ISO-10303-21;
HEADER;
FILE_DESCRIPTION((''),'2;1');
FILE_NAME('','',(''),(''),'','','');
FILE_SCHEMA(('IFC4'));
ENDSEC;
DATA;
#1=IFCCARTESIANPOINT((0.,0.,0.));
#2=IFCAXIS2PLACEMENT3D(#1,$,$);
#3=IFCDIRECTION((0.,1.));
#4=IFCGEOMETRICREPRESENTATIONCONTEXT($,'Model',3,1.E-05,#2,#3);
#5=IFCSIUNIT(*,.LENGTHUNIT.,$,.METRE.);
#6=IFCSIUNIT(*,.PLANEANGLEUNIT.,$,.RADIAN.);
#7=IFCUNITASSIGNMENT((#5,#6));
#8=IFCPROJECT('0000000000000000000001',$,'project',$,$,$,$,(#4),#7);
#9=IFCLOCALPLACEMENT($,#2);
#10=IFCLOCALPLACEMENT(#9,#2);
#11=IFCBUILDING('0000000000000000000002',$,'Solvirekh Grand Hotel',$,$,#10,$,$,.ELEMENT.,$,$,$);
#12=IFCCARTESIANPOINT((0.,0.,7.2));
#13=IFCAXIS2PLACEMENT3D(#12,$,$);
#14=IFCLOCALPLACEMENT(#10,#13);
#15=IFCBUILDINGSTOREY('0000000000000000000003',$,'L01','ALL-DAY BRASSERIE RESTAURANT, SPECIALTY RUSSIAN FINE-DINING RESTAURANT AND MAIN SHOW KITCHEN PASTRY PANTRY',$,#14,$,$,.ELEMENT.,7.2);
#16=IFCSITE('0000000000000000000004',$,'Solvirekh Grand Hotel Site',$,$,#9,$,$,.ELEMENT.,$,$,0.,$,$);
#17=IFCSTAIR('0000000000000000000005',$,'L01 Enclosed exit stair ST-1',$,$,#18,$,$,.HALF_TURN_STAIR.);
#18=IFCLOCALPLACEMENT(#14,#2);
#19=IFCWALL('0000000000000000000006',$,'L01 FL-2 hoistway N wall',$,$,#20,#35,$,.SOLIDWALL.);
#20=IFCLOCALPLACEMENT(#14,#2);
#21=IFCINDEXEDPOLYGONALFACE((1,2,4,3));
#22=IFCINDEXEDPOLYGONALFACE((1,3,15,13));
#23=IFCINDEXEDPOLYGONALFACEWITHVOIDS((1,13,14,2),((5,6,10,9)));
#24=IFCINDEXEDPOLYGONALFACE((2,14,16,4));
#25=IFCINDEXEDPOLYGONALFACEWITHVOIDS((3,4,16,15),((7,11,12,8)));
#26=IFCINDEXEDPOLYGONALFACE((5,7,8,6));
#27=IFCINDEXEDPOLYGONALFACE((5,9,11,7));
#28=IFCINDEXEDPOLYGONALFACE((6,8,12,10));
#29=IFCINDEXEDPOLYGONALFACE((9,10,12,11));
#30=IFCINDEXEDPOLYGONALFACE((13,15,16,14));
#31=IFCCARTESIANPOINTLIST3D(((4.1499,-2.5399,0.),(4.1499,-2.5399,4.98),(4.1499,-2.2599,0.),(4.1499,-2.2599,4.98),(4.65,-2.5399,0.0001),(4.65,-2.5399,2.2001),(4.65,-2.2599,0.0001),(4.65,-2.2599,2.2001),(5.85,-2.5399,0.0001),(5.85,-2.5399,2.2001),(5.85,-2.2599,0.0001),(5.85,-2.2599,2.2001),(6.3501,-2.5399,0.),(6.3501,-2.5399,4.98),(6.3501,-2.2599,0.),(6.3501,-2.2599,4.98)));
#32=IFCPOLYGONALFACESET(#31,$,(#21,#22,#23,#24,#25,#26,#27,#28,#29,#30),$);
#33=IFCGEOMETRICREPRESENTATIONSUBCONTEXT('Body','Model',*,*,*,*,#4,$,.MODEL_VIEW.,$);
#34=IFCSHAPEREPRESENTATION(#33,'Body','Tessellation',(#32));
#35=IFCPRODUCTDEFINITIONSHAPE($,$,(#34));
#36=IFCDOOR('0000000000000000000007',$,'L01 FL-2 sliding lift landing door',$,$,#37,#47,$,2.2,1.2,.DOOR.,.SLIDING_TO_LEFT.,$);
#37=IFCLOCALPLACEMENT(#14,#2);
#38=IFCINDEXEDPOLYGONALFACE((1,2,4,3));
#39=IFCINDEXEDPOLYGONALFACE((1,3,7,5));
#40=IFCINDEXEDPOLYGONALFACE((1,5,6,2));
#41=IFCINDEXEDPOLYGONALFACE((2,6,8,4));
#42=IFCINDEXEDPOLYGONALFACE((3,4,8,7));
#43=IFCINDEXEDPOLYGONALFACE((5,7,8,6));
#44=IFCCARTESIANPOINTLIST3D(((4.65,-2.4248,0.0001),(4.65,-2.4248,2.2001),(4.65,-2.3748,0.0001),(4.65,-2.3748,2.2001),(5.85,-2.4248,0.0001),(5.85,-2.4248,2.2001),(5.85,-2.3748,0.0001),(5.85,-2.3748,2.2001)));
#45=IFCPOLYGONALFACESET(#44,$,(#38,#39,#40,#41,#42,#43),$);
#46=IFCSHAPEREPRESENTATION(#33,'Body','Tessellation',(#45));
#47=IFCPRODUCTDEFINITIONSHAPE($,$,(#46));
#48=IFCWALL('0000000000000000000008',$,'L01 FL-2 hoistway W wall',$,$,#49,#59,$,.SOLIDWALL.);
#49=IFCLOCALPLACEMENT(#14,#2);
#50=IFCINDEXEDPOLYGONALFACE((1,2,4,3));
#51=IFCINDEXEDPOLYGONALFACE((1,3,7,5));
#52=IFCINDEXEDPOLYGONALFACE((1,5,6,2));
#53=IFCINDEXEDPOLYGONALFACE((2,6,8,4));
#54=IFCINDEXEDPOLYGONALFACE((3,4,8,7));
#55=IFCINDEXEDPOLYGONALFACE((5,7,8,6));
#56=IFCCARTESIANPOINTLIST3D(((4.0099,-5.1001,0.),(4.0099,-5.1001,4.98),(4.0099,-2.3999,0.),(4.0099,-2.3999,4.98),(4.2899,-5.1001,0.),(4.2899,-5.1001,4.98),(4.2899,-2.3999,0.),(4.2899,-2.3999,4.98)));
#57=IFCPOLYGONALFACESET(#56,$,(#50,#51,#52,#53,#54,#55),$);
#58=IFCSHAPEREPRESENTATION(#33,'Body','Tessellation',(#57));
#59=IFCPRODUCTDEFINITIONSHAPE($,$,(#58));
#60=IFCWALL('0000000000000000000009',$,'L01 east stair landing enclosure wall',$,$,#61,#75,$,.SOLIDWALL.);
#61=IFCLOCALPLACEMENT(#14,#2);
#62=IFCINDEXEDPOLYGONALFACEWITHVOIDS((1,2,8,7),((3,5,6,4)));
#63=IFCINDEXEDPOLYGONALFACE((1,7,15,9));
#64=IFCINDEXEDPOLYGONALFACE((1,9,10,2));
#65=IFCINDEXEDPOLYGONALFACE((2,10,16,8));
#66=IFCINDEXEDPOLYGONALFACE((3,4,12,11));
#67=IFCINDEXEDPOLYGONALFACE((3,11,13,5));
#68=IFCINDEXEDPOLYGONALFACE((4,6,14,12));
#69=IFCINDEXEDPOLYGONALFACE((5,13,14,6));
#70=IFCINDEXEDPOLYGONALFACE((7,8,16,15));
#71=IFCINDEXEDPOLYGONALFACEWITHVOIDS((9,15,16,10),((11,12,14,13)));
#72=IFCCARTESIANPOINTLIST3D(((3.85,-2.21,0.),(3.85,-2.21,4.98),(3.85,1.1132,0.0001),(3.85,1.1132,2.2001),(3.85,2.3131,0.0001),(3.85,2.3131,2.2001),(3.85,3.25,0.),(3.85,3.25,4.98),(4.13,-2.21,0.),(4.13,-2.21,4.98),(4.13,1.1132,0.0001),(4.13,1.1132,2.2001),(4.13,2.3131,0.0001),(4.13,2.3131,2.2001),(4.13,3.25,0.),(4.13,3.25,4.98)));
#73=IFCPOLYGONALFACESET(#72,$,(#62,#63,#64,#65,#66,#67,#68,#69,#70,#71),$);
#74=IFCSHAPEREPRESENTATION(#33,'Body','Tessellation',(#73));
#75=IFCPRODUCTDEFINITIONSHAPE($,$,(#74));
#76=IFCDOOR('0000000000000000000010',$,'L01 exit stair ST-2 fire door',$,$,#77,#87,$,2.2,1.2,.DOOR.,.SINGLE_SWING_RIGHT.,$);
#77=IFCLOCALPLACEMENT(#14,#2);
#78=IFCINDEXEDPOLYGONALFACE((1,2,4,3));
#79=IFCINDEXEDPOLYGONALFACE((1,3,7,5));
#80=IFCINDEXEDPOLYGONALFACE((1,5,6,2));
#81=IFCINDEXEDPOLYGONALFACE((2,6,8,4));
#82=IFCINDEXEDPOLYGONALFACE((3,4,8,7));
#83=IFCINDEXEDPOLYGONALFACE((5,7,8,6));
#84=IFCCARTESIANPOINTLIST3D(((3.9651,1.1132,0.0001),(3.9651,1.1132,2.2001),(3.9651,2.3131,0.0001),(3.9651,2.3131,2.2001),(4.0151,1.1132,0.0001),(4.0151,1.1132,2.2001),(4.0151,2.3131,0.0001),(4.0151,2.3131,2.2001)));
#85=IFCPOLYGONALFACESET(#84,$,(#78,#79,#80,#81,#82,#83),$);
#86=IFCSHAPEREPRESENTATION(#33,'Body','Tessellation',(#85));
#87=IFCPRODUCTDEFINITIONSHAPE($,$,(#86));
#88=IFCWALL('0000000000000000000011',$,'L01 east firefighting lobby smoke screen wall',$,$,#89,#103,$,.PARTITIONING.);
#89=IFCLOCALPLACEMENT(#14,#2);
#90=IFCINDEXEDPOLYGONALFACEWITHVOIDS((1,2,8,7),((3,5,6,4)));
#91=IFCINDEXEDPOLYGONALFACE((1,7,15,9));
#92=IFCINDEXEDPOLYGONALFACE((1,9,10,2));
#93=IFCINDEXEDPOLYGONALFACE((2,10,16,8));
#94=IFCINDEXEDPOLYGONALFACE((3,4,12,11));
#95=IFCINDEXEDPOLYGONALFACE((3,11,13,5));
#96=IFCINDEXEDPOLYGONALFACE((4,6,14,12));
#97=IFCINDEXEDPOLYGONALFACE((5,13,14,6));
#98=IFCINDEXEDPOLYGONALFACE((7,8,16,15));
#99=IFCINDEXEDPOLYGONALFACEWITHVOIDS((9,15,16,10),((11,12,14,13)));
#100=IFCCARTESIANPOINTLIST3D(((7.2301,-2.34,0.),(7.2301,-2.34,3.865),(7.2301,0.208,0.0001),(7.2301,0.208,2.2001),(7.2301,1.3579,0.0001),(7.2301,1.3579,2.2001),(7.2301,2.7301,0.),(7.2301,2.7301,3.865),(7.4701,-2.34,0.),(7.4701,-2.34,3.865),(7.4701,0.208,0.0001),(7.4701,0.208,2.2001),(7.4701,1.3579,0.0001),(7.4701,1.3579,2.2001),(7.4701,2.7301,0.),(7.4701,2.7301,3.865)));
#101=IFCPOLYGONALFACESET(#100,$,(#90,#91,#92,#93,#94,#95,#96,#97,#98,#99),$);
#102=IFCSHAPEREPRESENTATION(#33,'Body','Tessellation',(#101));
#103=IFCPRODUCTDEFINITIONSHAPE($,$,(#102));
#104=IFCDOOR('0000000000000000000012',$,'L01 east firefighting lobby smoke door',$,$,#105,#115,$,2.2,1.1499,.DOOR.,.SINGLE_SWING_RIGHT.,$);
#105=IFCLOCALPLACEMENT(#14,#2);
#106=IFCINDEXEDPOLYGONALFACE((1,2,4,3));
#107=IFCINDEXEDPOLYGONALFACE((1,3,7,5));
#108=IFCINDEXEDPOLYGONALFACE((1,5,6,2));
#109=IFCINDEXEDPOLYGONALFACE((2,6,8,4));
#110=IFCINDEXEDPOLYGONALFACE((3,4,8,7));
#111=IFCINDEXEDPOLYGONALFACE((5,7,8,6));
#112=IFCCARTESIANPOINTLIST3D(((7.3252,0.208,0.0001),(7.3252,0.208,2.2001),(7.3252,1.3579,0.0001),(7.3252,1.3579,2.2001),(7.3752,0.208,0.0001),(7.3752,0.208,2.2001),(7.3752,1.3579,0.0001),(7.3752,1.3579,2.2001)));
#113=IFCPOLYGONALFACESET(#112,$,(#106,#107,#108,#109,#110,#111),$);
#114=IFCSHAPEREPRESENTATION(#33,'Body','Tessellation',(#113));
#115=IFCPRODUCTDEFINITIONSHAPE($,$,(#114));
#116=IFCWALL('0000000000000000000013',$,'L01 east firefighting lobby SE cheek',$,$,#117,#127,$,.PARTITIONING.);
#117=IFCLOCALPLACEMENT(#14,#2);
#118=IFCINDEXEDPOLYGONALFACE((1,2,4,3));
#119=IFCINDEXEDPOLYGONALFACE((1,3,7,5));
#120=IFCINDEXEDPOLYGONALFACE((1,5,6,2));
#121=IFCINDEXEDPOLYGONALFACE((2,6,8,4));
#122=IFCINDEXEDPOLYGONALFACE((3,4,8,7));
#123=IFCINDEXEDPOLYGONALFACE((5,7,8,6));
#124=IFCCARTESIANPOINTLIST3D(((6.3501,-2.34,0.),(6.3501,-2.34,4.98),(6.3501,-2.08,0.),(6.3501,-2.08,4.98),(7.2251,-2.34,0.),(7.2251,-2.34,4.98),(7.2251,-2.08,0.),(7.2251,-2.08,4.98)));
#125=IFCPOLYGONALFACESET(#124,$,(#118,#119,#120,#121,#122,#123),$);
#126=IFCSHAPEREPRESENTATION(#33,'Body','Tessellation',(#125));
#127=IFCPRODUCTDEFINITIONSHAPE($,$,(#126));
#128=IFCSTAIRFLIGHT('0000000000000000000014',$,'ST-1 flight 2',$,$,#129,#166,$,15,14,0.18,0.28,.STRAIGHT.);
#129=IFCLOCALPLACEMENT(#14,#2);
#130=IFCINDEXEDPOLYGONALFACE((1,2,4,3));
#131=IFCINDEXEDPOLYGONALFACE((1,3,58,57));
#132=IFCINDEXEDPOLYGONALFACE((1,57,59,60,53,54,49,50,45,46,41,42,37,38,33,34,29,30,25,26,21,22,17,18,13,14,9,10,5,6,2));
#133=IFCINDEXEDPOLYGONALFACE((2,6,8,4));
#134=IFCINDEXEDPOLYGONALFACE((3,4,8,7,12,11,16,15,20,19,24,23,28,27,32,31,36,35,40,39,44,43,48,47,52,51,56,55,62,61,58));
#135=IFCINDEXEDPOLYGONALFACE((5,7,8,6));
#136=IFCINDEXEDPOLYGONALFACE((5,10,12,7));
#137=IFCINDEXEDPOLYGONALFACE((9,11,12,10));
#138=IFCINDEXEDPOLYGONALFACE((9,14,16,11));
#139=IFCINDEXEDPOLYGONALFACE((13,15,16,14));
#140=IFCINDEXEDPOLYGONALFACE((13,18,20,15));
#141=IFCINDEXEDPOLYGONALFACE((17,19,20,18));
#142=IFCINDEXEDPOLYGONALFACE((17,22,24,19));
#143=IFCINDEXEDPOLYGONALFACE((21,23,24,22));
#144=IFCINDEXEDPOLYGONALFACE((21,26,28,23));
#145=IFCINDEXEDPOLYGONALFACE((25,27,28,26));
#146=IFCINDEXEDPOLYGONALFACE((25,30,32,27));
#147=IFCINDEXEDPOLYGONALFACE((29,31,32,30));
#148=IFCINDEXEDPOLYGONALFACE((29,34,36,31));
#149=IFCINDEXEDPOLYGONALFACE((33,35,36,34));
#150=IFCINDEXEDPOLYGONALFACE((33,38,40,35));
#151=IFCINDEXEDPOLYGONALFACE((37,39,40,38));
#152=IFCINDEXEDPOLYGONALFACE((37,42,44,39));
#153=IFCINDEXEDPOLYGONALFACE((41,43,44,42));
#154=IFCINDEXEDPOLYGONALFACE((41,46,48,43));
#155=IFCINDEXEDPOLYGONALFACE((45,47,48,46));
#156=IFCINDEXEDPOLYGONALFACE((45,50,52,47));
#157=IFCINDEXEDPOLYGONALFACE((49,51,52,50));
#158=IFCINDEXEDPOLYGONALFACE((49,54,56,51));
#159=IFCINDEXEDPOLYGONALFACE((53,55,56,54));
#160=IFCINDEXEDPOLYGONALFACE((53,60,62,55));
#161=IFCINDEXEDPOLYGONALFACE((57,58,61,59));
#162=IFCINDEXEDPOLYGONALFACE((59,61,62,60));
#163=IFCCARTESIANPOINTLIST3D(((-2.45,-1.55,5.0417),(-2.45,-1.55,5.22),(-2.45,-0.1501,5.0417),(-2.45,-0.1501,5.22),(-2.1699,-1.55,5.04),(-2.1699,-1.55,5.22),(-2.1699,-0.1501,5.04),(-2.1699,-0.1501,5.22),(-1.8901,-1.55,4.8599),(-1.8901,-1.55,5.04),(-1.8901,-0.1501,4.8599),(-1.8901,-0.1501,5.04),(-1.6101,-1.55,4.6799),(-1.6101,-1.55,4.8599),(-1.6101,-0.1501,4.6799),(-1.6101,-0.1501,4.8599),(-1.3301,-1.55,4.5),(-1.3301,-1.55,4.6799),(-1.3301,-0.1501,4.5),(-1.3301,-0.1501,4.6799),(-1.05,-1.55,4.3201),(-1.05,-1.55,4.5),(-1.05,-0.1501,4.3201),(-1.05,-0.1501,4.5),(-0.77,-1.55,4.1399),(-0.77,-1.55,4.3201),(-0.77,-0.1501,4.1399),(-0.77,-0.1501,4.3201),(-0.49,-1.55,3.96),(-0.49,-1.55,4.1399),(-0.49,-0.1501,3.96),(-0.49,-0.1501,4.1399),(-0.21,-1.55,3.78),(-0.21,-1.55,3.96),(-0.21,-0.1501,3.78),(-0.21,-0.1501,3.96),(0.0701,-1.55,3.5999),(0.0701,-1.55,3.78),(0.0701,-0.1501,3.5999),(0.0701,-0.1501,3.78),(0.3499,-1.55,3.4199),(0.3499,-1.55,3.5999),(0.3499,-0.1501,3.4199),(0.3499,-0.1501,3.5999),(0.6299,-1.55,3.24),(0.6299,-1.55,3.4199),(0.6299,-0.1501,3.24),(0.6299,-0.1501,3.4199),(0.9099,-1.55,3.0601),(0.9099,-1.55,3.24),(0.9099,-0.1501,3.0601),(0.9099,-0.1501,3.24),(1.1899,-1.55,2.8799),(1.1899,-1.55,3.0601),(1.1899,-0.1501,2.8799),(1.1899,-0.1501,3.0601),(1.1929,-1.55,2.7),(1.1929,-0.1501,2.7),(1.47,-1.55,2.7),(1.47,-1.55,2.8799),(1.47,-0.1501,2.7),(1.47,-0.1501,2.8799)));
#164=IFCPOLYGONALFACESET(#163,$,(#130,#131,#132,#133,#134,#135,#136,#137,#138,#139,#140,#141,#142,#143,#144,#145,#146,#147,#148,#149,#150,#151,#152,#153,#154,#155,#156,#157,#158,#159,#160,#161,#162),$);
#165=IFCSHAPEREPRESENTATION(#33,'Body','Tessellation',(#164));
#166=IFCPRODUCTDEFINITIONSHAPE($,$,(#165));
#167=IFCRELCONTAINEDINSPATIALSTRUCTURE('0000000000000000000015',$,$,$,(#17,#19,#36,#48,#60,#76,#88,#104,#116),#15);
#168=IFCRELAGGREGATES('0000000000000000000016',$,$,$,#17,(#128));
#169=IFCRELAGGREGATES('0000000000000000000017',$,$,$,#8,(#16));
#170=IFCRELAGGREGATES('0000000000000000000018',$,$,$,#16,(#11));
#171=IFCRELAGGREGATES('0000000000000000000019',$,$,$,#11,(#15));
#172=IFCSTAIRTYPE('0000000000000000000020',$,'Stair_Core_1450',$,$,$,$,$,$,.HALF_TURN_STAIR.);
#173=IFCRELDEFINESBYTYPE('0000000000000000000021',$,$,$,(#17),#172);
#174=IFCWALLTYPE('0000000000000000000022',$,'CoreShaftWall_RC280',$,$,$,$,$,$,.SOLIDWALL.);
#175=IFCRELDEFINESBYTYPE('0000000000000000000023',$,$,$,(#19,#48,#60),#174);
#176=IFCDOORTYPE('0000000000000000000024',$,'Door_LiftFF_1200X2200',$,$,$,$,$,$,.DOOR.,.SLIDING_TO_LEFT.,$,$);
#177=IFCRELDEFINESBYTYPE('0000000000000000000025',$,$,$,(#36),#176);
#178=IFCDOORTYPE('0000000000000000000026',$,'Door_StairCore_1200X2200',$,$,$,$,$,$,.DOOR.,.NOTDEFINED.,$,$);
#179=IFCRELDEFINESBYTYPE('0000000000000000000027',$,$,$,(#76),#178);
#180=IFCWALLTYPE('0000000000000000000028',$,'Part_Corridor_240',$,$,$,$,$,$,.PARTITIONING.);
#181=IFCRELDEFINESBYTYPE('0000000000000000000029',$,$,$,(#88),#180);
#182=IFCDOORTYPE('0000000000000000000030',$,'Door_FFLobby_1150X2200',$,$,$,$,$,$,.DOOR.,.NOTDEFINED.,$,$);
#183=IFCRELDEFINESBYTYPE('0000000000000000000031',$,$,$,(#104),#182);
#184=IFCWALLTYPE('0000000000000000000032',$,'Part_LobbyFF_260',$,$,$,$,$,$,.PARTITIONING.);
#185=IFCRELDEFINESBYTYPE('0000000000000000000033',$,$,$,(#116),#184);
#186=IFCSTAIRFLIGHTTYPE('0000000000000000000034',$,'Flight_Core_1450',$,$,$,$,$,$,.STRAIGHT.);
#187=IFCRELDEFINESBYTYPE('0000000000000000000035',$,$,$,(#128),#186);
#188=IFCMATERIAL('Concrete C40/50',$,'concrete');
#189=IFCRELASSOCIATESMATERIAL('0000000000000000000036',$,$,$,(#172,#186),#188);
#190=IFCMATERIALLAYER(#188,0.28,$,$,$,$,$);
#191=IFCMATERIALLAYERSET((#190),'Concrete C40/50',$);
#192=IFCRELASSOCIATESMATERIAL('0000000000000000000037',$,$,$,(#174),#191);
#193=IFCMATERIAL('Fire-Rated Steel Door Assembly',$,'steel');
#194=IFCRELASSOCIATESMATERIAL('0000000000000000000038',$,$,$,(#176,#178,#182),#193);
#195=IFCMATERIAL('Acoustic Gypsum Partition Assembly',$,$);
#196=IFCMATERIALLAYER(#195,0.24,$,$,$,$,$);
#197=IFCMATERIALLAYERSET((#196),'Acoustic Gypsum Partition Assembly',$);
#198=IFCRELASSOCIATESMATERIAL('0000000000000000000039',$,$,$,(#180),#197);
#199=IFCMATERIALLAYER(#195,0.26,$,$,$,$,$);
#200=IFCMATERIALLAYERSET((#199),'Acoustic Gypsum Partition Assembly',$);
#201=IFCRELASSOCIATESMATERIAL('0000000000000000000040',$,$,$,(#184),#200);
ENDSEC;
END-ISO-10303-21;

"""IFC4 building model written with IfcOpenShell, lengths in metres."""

from ifc_helpers import new_model, si_unit, direction, frame, frame_2d, origin, place, context, subcontext, project, spatial, polyline, rectangle, outline, extrude, material, layer, layer_set, type_object, element, fill, aggregate, save


model = new_model("IFC4")

# Units and contexts
model_context = context("Model", 3, precision=1e-05, world=origin(), true_north=direction((0.0, 1.0)))
body_context = subcontext(model_context, "Body", "Model", "MODEL_VIEW")
ifc_project = project(units=[si_unit("LENGTHUNIT", "METRE"), si_unit("PLANEANGLEUNIT", "RADIAN")], contexts=[model_context])

# Site, building, storey
site_placement = place(None, origin())
site = spatial("IfcSite", under=ifc_project, at=site_placement, Name="Solvirekh Grand Hotel Site", CompositionType="ELEMENT", RefElevation=0.0)
building_placement = place(site_placement, origin())
building = spatial("IfcBuilding", under=site, at=building_placement, Name="Solvirekh Grand Hotel", CompositionType="ELEMENT")
storey_placement = place(building_placement, frame((0.0, 0.0, 7.2)))
storey = spatial("IfcBuildingStorey", under=building, at=storey_placement, Name="L01", Description="ALL-DAY BRASSERIE RESTAURANT, SPECIALTY RUSSIAN FINE-DINING RESTAURANT AND MAIN SHOW KITCHEN PASTRY PANTRY", CompositionType="ELEMENT", Elevation=7.2)

# Stair
ifc_material_1 = material(Name="Concrete C40/50", Category="concrete")
stair_type_1 = type_object("IfcStairType", Name="Stair_Core_1450", PredefinedType="HALF_TURN_STAIR", material=ifc_material_1)
stair_1_placement = place(storey_placement, origin())
stair_1 = element("IfcStair", 1, at=stair_1_placement, inside=storey, type_object=stair_type_1, Name="L01 Enclosed exit stair ST-1", PredefinedType="HALF_TURN_STAIR")

# Shared definitions
ifc_layer_1 = layer(ifc_material_1, 0.28)
ifc_layer_set_1 = layer_set([ifc_layer_1], Name="Concrete C40/50")
wall_type_1 = type_object("IfcWallType", Name="CoreShaftWall_RC280", PredefinedType="SOLIDWALL", material=ifc_layer_set_1)

# Wall, opening, door
wall_1_placement = place(storey_placement, frame((6.3501, -2.3999, 0.0), z_axis=(0.0, 0.0, 1.0), x_axis=(-1.0, 0.0, 0.0)))
wall_1 = element("IfcWall", 2, at=wall_1_placement, inside=storey, type_object=wall_type_1, Name="L01 FL-2 hoistway N wall", PredefinedType="SOLIDWALL", context=body_context, shape_type="SweptSolid", body=[
    extrude(rectangle(XDim=2.2002, YDim=0.28, at=frame_2d((1.1001, 0.0))), origin(), (0.0, 0.0, 1.0), 4.98),
])
opening_1_placement = place(wall_1_placement, frame((0.5, 0.0, 0.0)))
opening_1 = element("IfcOpeningElement", 3, at=opening_1_placement, cuts=wall_1, PredefinedType="OPENING", context=body_context, shape_type="SweptSolid", body=[
    extrude(rectangle(XDim=1.2, YDim=2.2, at=frame_2d((0.6001, 1.1001))), frame((0.0, 0.1499, 0.0), z_axis=(0.0, -1.0, 0.0), x_axis=(1.0, 0.0, 0.0)), (0.0, 0.0, 1.0), 0.3),
])
ifc_material_2 = material(Name="Fire-Rated Steel Door Assembly", Category="steel")
door_type_1 = type_object("IfcDoorType", Name="Door_LiftFF_1200X2200", OperationType="SLIDING_TO_LEFT", PredefinedType="DOOR", material=ifc_material_2)
door_1_placement = place(opening_1_placement, origin())
door_1 = element("IfcDoor", 4, at=door_1_placement, inside=storey, type_object=door_type_1, Name="L01 FL-2 sliding lift landing door", OperationType="SLIDING_TO_LEFT", OverallHeight=2.2, OverallWidth=1.2, PredefinedType="DOOR", context=body_context, shape_type="SweptSolid", body=[
    extrude(rectangle(XDim=1.2, YDim=2.2, at=frame_2d((0.6001, 1.1001))), frame((0.0, 0.0249, 0.0), z_axis=(0.0, -1.0, 0.0), x_axis=(1.0, 0.0, 0.0)), (0.0, 0.0, 1.0), 0.05),
])
fill(opening_1, door_1)

# Wall
wall_2_placement = place(storey_placement, frame((4.1499, -2.3999, 0.0), z_axis=(0.0, 0.0, 1.0), x_axis=(0.0, -1.0, 0.0)))
element("IfcWall", 5, at=wall_2_placement, inside=storey, type_object=wall_type_1, Name="L01 FL-2 hoistway W wall", PredefinedType="SOLIDWALL", context=body_context, shape_type="SweptSolid", body=[
    extrude(rectangle(XDim=2.7002, YDim=0.28, at=frame_2d((1.3501, 0.0))), origin(), (0.0, 0.0, 1.0), 4.98),
])

# Walls, openings, doors
wall_3_placement = place(storey_placement, frame((3.99, -2.21, 0.0), z_axis=(0.0, 0.0, 1.0), x_axis=(0.0, 1.0, 0.0)))
wall_3 = element("IfcWall", 6, at=wall_3_placement, inside=storey, type_object=wall_type_1, Name="L01 east stair landing enclosure wall", PredefinedType="SOLIDWALL", context=body_context, shape_type="SweptSolid", body=[
    extrude(rectangle(XDim=5.46, YDim=0.28, at=frame_2d((2.73, 0.0))), origin(), (0.0, 0.0, 1.0), 4.98),
])
opening_2_placement = place(wall_3_placement, frame((3.323, 0.0, 0.0)))
opening_2 = element("IfcOpeningElement", 7, at=opening_2_placement, cuts=wall_3, PredefinedType="OPENING", context=body_context, shape_type="SweptSolid", body=[
    extrude(rectangle(XDim=1.2, YDim=2.2, at=frame_2d((0.6001, 1.1001))), frame((0.0, 0.1499, 0.0), z_axis=(0.0, -1.0, 0.0), x_axis=(1.0, 0.0, 0.0)), (0.0, 0.0, 1.0), 0.3),
])
door_type_2 = type_object("IfcDoorType", Name="Door_StairCore_1200X2200", OperationType="NOTDEFINED", PredefinedType="DOOR", material=ifc_material_2)
door_2_placement = place(opening_2_placement, origin())
door_2 = element("IfcDoor", 8, at=door_2_placement, inside=storey, type_object=door_type_2, Name="L01 exit stair ST-2 fire door", OperationType="SINGLE_SWING_RIGHT", OverallHeight=2.2, OverallWidth=1.2, PredefinedType="DOOR", context=body_context, shape_type="SweptSolid", body=[
    extrude(rectangle(XDim=1.2, YDim=2.2, at=frame_2d((0.6001, 1.1001))), frame((0.0, 0.0249, 0.0), z_axis=(0.0, -1.0, 0.0), x_axis=(1.0, 0.0, 0.0)), (0.0, 0.0, 1.0), 0.05),
])
fill(opening_2, door_2)
ifc_material_3 = material(Name="Acoustic Gypsum Partition Assembly")
ifc_layer_2 = layer(ifc_material_3, 0.24)
ifc_layer_set_2 = layer_set([ifc_layer_2], Name="Acoustic Gypsum Partition Assembly")
wall_type_2 = type_object("IfcWallType", Name="Part_Corridor_240", PredefinedType="PARTITIONING", material=ifc_layer_set_2)
wall_4_placement = place(storey_placement, frame((7.3501, -2.3401, 0.0), z_axis=(0.0, 0.0, 1.0), x_axis=(0.0, 1.0, 0.0)))
wall_4 = element("IfcWall", 9, at=wall_4_placement, inside=storey, type_object=wall_type_2, Name="L01 east firefighting lobby smoke screen wall", PredefinedType="PARTITIONING", context=body_context, shape_type="SweptSolid", body=[
    extrude(rectangle(XDim=5.0701, YDim=0.24, at=frame_2d((2.5352, 0.0))), origin(), (0.0, 0.0, 1.0), 3.865),
])
opening_3_placement = place(wall_4_placement, frame((2.5481, 0.0, 0.0)))
opening_3 = element("IfcOpeningElement", 10, at=opening_3_placement, cuts=wall_4, PredefinedType="OPENING", context=body_context, shape_type="SweptSolid", body=[
    extrude(rectangle(XDim=1.1499, YDim=2.2, at=frame_2d((0.575, 1.1001))), frame((0.0, 0.1299, 0.0), z_axis=(0.0, -1.0, 0.0), x_axis=(1.0, 0.0, 0.0)), (0.0, 0.0, 1.0), 0.26),
])
door_type_3 = type_object("IfcDoorType", Name="Door_FFLobby_1150X2200", OperationType="NOTDEFINED", PredefinedType="DOOR", material=ifc_material_2)
door_3_placement = place(opening_3_placement, origin())
door_3 = element("IfcDoor", 11, at=door_3_placement, inside=storey, type_object=door_type_3, Name="L01 east firefighting lobby smoke door", OperationType="SINGLE_SWING_RIGHT", OverallHeight=2.2, OverallWidth=1.1499, PredefinedType="DOOR", context=body_context, shape_type="SweptSolid", body=[
    extrude(rectangle(XDim=1.1499, YDim=2.2, at=frame_2d((0.575, 1.1001))), frame((0.0, 0.0249, 0.0), z_axis=(0.0, -1.0, 0.0), x_axis=(1.0, 0.0, 0.0)), (0.0, 0.0, 1.0), 0.05),
])
fill(opening_3, door_3)

# Wall
ifc_layer_3 = layer(ifc_material_3, 0.26)
ifc_layer_set_3 = layer_set([ifc_layer_3], Name="Acoustic Gypsum Partition Assembly")
wall_type_3 = type_object("IfcWallType", Name="Part_LobbyFF_260", PredefinedType="PARTITIONING", material=ifc_layer_set_3)
wall_5_placement = place(storey_placement, frame((6.3501, -2.21, 0.0), z_axis=(0.0, 0.0, 1.0), x_axis=(1.0, 0.0, 0.0)))
element("IfcWall", 12, at=wall_5_placement, inside=storey, type_object=wall_type_3, Name="L01 east firefighting lobby SE cheek", PredefinedType="PARTITIONING", context=body_context, shape_type="SweptSolid", body=[
    extrude(rectangle(XDim=0.875, YDim=0.26, at=frame_2d((0.4375, 0.0))), origin(), (0.0, 0.0, 1.0), 4.98),
])

# Stair flight
stair_flight_type = type_object("IfcStairFlightType", Name="Flight_Core_1450", PredefinedType="STRAIGHT", material=ifc_material_1)
stair_flight_placement = place(storey_placement, frame((1.47, -0.8501, 2.7), z_axis=(0.0, 0.0, 1.0), x_axis=(-1.0, 0.0, 0.0)))
stair_flight = element("IfcStairFlight", 13, at=stair_flight_placement, type_object=stair_flight_type, Name="ST-1 flight 2", NumberOfRisers=15, NumberOfTreads=14, PredefinedType="STRAIGHT", RiserHeight=0.18, TreadLength=0.28, context=body_context, shape_type="SweptSolid", body=[
    extrude(outline(polyline([(0.0, 0.0), (0.0, 0.1799), (0.28, 0.1799), (0.28, 0.3601), (0.5601, 0.3601), (0.5601, 0.54), (0.8401, 0.54), (0.8401, 0.72), (1.1201, 0.72), (1.1201, 0.8999), (1.3999, 0.8999), (1.3999, 1.0801), (1.6799, 1.0801), (1.6799, 1.26), (1.96, 1.26), (1.96, 1.4399), (2.24, 1.4399), (2.24, 1.6201), (2.52, 1.6201), (2.52, 1.8), (2.8, 1.8), (2.8, 1.98), (3.0801, 1.98), (3.0801, 2.1599), (3.3601, 2.1599), (3.3601, 2.3401), (3.6399, 2.3401), (3.6399, 2.52), (3.9199, 2.52), (3.9199, 2.7), (3.9199, 2.3418), (0.2771, 0.0), (0.0, 0.0)])), frame((0.0, 0.7, 0.0), z_axis=(0.0, -1.0, 0.0), x_axis=(1.0, 0.0, 0.0)), (0.0, 0.0, 1.0), 1.3999),
])
aggregate(stair_1, [stair_flight])

save(model, "model.ifc")
